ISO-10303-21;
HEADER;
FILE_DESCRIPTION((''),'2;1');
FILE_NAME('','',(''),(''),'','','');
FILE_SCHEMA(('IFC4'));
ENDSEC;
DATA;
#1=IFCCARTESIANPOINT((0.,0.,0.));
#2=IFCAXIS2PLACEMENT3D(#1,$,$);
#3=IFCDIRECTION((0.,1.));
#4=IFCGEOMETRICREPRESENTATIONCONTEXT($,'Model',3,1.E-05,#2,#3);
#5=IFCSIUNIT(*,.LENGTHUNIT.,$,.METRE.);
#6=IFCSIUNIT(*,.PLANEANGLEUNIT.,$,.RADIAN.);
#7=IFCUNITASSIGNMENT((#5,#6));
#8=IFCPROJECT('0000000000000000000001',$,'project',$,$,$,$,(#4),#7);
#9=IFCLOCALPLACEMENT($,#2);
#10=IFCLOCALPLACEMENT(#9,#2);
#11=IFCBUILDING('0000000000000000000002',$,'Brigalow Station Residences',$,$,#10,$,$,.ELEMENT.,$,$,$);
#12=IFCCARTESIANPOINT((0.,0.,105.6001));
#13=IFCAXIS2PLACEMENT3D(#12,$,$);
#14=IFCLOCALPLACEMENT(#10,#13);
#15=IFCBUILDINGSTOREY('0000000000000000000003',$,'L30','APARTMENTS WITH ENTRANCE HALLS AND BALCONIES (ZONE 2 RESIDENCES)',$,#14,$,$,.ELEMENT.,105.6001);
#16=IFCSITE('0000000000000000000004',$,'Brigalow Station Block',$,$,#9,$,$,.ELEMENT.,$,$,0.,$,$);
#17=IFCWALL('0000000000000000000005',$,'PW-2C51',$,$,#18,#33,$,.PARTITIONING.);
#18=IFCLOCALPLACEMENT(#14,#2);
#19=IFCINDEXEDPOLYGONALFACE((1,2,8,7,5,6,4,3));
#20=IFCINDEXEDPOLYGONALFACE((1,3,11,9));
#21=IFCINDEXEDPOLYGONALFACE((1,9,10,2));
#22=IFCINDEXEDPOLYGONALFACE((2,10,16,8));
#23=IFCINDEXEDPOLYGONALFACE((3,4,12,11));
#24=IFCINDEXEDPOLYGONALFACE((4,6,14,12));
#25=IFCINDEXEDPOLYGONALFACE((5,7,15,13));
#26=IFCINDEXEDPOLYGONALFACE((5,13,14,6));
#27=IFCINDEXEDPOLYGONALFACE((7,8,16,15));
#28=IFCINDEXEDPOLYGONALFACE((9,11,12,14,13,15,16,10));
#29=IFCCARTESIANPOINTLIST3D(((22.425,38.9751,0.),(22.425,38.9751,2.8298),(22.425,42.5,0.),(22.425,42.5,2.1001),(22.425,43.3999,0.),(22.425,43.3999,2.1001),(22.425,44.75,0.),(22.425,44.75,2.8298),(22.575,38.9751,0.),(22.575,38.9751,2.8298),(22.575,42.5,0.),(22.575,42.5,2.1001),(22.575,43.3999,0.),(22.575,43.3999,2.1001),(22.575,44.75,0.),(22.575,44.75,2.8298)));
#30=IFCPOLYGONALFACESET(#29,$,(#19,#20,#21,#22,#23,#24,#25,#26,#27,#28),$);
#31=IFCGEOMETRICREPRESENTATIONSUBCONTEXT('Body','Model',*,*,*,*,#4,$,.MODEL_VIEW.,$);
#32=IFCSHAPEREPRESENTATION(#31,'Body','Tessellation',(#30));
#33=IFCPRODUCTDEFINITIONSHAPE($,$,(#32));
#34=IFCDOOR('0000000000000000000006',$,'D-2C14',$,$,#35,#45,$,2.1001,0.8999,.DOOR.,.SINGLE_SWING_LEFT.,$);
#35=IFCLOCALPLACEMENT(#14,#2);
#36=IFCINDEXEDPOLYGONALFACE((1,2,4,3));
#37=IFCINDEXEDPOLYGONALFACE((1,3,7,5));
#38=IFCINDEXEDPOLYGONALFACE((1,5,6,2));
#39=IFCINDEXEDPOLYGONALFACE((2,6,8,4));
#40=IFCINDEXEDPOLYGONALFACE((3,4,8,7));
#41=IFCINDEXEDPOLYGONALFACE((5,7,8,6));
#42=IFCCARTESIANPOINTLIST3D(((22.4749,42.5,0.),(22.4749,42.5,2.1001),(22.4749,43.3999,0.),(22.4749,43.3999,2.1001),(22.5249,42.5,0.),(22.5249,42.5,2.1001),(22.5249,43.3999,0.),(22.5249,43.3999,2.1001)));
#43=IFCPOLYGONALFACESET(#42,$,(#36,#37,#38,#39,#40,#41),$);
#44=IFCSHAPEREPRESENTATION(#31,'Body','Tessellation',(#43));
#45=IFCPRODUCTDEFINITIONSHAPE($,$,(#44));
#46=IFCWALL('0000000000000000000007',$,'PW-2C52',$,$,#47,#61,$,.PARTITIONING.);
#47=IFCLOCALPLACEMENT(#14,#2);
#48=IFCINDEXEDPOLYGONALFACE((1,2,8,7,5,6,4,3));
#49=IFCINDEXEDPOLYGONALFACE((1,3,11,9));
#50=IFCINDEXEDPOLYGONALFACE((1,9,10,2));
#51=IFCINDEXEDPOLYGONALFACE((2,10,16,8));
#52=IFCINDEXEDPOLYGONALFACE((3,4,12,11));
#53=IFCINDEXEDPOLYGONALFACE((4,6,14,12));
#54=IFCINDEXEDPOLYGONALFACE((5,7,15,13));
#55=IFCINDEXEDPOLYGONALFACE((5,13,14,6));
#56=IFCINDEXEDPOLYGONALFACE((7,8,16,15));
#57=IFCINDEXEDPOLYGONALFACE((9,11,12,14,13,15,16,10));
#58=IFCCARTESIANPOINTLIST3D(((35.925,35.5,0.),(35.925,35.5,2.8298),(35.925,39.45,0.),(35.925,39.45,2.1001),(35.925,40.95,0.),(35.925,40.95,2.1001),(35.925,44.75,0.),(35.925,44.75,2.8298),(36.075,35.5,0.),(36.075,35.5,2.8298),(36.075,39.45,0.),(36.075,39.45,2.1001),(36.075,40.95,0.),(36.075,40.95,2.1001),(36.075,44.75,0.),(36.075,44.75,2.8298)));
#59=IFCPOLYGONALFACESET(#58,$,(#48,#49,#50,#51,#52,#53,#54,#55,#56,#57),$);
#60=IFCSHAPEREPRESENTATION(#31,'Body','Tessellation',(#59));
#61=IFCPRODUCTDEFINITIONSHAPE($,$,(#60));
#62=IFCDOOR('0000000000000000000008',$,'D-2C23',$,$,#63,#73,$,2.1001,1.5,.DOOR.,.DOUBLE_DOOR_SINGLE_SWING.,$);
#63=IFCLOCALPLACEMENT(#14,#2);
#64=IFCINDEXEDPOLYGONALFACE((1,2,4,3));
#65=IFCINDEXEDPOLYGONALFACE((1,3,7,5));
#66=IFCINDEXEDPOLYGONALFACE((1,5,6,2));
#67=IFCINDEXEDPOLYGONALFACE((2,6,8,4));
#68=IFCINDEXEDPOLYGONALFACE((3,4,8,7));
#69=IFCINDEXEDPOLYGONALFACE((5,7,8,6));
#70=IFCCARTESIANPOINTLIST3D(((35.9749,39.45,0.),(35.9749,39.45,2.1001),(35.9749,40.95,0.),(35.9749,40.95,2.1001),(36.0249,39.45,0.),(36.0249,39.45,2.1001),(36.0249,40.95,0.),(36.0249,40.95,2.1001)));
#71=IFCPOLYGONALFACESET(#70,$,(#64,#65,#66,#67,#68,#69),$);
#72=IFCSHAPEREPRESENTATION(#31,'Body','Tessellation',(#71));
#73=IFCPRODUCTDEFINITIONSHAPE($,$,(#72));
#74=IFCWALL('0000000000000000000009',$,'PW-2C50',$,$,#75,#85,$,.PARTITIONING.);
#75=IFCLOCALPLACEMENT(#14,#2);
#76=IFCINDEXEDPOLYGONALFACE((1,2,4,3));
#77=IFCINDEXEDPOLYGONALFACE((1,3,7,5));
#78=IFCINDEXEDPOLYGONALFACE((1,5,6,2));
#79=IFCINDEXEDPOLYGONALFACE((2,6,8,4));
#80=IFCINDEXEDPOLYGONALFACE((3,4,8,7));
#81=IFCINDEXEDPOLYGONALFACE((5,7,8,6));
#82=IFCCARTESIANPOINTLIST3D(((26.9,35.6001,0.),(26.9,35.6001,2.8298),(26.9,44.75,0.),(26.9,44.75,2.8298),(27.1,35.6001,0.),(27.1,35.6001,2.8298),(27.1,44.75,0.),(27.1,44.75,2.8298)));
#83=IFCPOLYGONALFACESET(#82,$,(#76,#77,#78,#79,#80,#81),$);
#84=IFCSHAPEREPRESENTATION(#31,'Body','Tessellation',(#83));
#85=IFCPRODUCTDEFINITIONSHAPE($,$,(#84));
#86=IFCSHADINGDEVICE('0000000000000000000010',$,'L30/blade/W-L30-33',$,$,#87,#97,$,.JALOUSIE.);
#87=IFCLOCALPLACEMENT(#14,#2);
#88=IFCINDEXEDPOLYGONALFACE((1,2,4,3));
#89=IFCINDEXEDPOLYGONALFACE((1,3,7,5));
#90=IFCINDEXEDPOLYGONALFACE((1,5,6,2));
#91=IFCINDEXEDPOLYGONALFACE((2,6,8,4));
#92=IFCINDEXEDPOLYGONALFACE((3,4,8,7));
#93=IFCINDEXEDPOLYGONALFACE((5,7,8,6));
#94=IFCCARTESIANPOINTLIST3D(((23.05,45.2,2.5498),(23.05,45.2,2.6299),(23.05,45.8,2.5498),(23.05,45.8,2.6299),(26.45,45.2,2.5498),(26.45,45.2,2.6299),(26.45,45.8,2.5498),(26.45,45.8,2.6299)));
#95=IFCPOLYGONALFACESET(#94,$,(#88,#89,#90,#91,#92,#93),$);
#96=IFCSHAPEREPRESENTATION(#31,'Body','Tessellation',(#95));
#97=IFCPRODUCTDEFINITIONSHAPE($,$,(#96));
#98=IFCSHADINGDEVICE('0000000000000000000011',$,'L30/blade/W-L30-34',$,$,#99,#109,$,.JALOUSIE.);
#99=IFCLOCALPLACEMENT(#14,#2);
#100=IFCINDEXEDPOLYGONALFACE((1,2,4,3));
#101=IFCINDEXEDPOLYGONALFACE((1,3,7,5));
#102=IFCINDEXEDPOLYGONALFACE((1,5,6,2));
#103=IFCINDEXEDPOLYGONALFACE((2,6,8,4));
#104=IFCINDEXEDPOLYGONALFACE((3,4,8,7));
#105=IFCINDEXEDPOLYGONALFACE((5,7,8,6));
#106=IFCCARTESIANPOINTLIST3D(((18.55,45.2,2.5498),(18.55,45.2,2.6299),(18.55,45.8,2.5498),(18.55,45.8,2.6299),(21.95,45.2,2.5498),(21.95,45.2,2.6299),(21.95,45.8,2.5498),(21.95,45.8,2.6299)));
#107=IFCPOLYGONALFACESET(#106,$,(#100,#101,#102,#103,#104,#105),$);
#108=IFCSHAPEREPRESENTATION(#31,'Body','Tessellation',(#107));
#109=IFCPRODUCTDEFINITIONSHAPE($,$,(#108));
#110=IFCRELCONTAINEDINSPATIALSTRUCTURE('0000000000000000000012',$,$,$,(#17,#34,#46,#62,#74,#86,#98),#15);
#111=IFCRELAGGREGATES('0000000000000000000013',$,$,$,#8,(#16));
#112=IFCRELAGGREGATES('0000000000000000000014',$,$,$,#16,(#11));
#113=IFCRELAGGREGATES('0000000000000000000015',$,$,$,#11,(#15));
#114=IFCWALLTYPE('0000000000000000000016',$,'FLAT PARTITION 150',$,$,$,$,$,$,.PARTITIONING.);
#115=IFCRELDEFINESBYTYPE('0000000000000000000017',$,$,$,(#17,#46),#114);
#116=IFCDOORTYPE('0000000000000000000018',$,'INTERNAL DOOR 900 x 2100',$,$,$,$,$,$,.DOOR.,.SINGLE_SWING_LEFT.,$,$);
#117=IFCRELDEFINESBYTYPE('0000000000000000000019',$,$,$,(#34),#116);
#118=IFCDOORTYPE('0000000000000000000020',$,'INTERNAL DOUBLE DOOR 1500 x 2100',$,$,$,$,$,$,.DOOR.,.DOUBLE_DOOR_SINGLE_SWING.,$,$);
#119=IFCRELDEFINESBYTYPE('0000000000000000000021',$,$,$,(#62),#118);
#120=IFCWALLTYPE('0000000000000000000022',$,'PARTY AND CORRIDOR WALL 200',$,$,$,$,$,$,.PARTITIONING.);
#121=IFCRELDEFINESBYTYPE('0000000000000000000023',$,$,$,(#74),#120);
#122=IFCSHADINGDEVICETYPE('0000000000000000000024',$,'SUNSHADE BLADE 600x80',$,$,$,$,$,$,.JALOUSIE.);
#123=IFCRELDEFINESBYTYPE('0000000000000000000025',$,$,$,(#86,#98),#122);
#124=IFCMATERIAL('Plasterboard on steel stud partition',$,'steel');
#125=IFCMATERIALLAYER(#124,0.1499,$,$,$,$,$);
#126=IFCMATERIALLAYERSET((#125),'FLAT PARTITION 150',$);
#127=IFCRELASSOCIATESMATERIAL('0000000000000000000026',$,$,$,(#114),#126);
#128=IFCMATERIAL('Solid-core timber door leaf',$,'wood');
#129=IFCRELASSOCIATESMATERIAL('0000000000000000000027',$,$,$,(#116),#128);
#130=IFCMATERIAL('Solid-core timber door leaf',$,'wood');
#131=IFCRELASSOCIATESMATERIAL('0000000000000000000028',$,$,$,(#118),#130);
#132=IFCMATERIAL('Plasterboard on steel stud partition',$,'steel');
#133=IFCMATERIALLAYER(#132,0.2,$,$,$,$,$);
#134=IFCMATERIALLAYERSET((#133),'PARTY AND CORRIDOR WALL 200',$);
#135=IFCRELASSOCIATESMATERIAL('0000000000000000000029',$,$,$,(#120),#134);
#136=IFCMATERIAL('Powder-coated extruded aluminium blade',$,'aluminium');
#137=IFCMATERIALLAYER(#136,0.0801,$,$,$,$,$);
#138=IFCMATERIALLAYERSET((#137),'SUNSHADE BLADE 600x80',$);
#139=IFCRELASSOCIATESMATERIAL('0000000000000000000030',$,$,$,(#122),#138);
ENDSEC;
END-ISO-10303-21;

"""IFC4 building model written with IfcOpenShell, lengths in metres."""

from ifc_helpers import new_model, si_unit, direction, frame, frame_2d, origin, origin_2d, place, context, subcontext, project, spatial, rectangle, extrude, material, layer, layer_set, type_object, element, fill, save


model = new_model("IFC4")

# Units and contexts
model_context = context("Model", 3, precision=1e-05, world=origin(), true_north=direction((0.0, 1.0)))
body_context = subcontext(model_context, "Body", "Model", "MODEL_VIEW")
ifc_project = project(units=[si_unit("LENGTHUNIT", "METRE"), si_unit("PLANEANGLEUNIT", "RADIAN")], contexts=[model_context])

# Site, building, storey
site_placement = place(None, origin())
site = spatial("IfcSite", under=ifc_project, at=site_placement, Name="Brigalow Station Block", CompositionType="ELEMENT", RefElevation=0.0)
building_placement = place(site_placement, origin())
building = spatial("IfcBuilding", under=site, at=building_placement, Name="Brigalow Station Residences", CompositionType="ELEMENT")
storey_placement = place(building_placement, frame((0.0, 0.0, 105.6001)))
storey = spatial("IfcBuildingStorey", under=building, at=storey_placement, Name="L30", Description="APARTMENTS WITH ENTRANCE HALLS AND BALCONIES (ZONE 2 RESIDENCES)", CompositionType="ELEMENT", Elevation=105.6001)

# Walls, openings, doors
ifc_material_1 = material(Name="Plasterboard on steel stud partition", Category="steel")
ifc_layer_1 = layer(ifc_material_1, 0.1499)
ifc_layer_set_1 = layer_set([ifc_layer_1], Name="FLAT PARTITION 150")
wall_type_1 = type_object("IfcWallType", Name="FLAT PARTITION 150", PredefinedType="PARTITIONING", material=ifc_layer_set_1)
wall_1_placement = place(storey_placement, frame((22.5, 38.9751, 0.0), z_axis=(0.0, 0.0, 1.0), x_axis=(0.0, 1.0, 0.0)))
wall_1 = element("IfcWall", 1, at=wall_1_placement, inside=storey, type_object=wall_type_1, Name="PW-2C51", PredefinedType="PARTITIONING", context=body_context, shape_type="SweptSolid", body=[
    extrude(rectangle(XDim=5.7749, YDim=0.1499, at=frame_2d((2.8875, 0.0))), origin(), (0.0, 0.0, 1.0), 2.8298),
])
opening_1_placement = place(wall_1_placement, frame((3.5249, 0.0, 0.0)))
opening_1 = element("IfcOpeningElement", 2, at=opening_1_placement, cuts=wall_1, PredefinedType="OPENING", context=body_context, shape_type="SweptSolid", body=[
    extrude(rectangle(XDim=0.8999, YDim=2.1001, at=frame_2d((0.45, 1.05))), frame((0.0, 0.085, 0.0), z_axis=(0.0, -1.0, 0.0), x_axis=(1.0, 0.0, 0.0)), (0.0, 0.0, 1.0), 0.1699),
])
ifc_material_2 = material(Name="Solid-core timber door leaf", Category="wood")
door_type_1 = type_object("IfcDoorType", Name="INTERNAL DOOR 900 x 2100", OperationType="SINGLE_SWING_LEFT", PredefinedType="DOOR", material=ifc_material_2)
door_1_placement = place(opening_1_placement, frame((0.8999, 0.0, 0.0), z_axis=(0.0, 0.0, 1.0), x_axis=(-1.0, 0.0, 0.0)))
door_1 = element("IfcDoor", 3, at=door_1_placement, inside=storey, type_object=door_type_1, Name="D-2C14", OperationType="SINGLE_SWING_LEFT", OverallHeight=2.1001, OverallWidth=0.8999, PredefinedType="DOOR", context=body_context, shape_type="SweptSolid", body=[
    extrude(rectangle(XDim=0.8999, YDim=2.1001, at=frame_2d((0.45, 1.05))), frame((0.0, 0.0249, 0.0), z_axis=(0.0, -1.0, 0.0), x_axis=(1.0, 0.0, 0.0)), (0.0, 0.0, 1.0), 0.05),
])
fill(opening_1, door_1)
wall_2_placement = place(storey_placement, frame((36.0, 35.5, 0.0), z_axis=(0.0, 0.0, 1.0), x_axis=(0.0, 1.0, 0.0)))
wall_2 = element("IfcWall", 4, at=wall_2_placement, inside=storey, type_object=wall_type_1, Name="PW-2C52", PredefinedType="PARTITIONING", context=body_context, shape_type="SweptSolid", body=[
    extrude(rectangle(XDim=9.25, YDim=0.1499, at=frame_2d((4.625, 0.0))), origin(), (0.0, 0.0, 1.0), 2.8298),
])
opening_2_placement = place(wall_2_placement, frame((3.95, 0.0, 0.0)))
opening_2 = element("IfcOpeningElement", 5, at=opening_2_placement, cuts=wall_2, PredefinedType="OPENING", context=body_context, shape_type="SweptSolid", body=[
    extrude(rectangle(XDim=1.5, YDim=2.1001, at=frame_2d((0.75, 1.05))), frame((0.0, 0.085, 0.0), z_axis=(0.0, -1.0, 0.0), x_axis=(1.0, 0.0, 0.0)), (0.0, 0.0, 1.0), 0.1699),
])
ifc_material_3 = material(Name="Solid-core timber door leaf", Category="wood")
door_type_2 = type_object("IfcDoorType", Name="INTERNAL DOUBLE DOOR 1500 x 2100", OperationType="DOUBLE_DOOR_SINGLE_SWING", PredefinedType="DOOR", material=ifc_material_3)
door_2_placement = place(opening_2_placement, frame((1.5, 0.0, 0.0), z_axis=(0.0, 0.0, 1.0), x_axis=(-1.0, 0.0, 0.0)))
door_2 = element("IfcDoor", 6, at=door_2_placement, inside=storey, type_object=door_type_2, Name="D-2C23", OperationType="DOUBLE_DOOR_SINGLE_SWING", OverallHeight=2.1001, OverallWidth=1.5, PredefinedType="DOOR", context=body_context, shape_type="SweptSolid", body=[
    extrude(rectangle(XDim=1.5, YDim=2.1001, at=frame_2d((0.75, 1.05))), frame((0.0, 0.0249, 0.0), z_axis=(0.0, -1.0, 0.0), x_axis=(1.0, 0.0, 0.0)), (0.0, 0.0, 1.0), 0.05),
])
fill(opening_2, door_2)

# Wall
ifc_material_4 = material(Name="Plasterboard on steel stud partition", Category="steel")
ifc_layer_2 = layer(ifc_material_4, 0.2)
ifc_layer_set_2 = layer_set([ifc_layer_2], Name="PARTY AND CORRIDOR WALL 200")
wall_type_2 = type_object("IfcWallType", Name="PARTY AND CORRIDOR WALL 200", PredefinedType="PARTITIONING", material=ifc_layer_set_2)
wall_3_placement = place(storey_placement, frame((27.0, 35.6001, 0.0), z_axis=(0.0, 0.0, 1.0), x_axis=(0.0, 1.0, 0.0)))
element("IfcWall", 7, at=wall_3_placement, inside=storey, type_object=wall_type_2, Name="PW-2C50", PredefinedType="PARTITIONING", context=body_context, shape_type="SweptSolid", body=[
    extrude(rectangle(XDim=9.1499, YDim=0.2, at=frame_2d((4.575, 0.0))), origin(), (0.0, 0.0, 1.0), 2.8298),
])

# Shading devices
ifc_material_5 = material(Name="Powder-coated extruded aluminium blade", Category="aluminium")
ifc_layer_3 = layer(ifc_material_5, 0.0801)
ifc_layer_set_3 = layer_set([ifc_layer_3], Name="SUNSHADE BLADE 600x80")
shading_device_type = type_object("IfcShadingDeviceType", Name="SUNSHADE BLADE 600x80", PredefinedType="JALOUSIE", material=ifc_layer_set_3)
for number, where, z_axis, x_axis, name in (
    (8, (24.75, 45.5, 2.5498), (0.0, 0.0, 1.0), (-1.0, 0.0, 0.0), "L30/blade/W-L30-33"),
    (9, (20.25, 45.5, 2.5498), (0.0, 0.0, 1.0), (-1.0, 0.0, 0.0), "L30/blade/W-L30-34"),
):
    element("IfcShadingDevice", number, at=place(storey_placement, frame(where, z_axis=z_axis, x_axis=x_axis)), inside=storey, type_object=shading_device_type, Name=name, PredefinedType="JALOUSIE", context=body_context, shape_type="SweptSolid", body=[
        extrude(rectangle(XDim=3.3999, YDim=0.6001, at=origin_2d()), origin(), (0.0, 0.0, 1.0), 0.0801),
    ])

save(model, "model.ifc")
